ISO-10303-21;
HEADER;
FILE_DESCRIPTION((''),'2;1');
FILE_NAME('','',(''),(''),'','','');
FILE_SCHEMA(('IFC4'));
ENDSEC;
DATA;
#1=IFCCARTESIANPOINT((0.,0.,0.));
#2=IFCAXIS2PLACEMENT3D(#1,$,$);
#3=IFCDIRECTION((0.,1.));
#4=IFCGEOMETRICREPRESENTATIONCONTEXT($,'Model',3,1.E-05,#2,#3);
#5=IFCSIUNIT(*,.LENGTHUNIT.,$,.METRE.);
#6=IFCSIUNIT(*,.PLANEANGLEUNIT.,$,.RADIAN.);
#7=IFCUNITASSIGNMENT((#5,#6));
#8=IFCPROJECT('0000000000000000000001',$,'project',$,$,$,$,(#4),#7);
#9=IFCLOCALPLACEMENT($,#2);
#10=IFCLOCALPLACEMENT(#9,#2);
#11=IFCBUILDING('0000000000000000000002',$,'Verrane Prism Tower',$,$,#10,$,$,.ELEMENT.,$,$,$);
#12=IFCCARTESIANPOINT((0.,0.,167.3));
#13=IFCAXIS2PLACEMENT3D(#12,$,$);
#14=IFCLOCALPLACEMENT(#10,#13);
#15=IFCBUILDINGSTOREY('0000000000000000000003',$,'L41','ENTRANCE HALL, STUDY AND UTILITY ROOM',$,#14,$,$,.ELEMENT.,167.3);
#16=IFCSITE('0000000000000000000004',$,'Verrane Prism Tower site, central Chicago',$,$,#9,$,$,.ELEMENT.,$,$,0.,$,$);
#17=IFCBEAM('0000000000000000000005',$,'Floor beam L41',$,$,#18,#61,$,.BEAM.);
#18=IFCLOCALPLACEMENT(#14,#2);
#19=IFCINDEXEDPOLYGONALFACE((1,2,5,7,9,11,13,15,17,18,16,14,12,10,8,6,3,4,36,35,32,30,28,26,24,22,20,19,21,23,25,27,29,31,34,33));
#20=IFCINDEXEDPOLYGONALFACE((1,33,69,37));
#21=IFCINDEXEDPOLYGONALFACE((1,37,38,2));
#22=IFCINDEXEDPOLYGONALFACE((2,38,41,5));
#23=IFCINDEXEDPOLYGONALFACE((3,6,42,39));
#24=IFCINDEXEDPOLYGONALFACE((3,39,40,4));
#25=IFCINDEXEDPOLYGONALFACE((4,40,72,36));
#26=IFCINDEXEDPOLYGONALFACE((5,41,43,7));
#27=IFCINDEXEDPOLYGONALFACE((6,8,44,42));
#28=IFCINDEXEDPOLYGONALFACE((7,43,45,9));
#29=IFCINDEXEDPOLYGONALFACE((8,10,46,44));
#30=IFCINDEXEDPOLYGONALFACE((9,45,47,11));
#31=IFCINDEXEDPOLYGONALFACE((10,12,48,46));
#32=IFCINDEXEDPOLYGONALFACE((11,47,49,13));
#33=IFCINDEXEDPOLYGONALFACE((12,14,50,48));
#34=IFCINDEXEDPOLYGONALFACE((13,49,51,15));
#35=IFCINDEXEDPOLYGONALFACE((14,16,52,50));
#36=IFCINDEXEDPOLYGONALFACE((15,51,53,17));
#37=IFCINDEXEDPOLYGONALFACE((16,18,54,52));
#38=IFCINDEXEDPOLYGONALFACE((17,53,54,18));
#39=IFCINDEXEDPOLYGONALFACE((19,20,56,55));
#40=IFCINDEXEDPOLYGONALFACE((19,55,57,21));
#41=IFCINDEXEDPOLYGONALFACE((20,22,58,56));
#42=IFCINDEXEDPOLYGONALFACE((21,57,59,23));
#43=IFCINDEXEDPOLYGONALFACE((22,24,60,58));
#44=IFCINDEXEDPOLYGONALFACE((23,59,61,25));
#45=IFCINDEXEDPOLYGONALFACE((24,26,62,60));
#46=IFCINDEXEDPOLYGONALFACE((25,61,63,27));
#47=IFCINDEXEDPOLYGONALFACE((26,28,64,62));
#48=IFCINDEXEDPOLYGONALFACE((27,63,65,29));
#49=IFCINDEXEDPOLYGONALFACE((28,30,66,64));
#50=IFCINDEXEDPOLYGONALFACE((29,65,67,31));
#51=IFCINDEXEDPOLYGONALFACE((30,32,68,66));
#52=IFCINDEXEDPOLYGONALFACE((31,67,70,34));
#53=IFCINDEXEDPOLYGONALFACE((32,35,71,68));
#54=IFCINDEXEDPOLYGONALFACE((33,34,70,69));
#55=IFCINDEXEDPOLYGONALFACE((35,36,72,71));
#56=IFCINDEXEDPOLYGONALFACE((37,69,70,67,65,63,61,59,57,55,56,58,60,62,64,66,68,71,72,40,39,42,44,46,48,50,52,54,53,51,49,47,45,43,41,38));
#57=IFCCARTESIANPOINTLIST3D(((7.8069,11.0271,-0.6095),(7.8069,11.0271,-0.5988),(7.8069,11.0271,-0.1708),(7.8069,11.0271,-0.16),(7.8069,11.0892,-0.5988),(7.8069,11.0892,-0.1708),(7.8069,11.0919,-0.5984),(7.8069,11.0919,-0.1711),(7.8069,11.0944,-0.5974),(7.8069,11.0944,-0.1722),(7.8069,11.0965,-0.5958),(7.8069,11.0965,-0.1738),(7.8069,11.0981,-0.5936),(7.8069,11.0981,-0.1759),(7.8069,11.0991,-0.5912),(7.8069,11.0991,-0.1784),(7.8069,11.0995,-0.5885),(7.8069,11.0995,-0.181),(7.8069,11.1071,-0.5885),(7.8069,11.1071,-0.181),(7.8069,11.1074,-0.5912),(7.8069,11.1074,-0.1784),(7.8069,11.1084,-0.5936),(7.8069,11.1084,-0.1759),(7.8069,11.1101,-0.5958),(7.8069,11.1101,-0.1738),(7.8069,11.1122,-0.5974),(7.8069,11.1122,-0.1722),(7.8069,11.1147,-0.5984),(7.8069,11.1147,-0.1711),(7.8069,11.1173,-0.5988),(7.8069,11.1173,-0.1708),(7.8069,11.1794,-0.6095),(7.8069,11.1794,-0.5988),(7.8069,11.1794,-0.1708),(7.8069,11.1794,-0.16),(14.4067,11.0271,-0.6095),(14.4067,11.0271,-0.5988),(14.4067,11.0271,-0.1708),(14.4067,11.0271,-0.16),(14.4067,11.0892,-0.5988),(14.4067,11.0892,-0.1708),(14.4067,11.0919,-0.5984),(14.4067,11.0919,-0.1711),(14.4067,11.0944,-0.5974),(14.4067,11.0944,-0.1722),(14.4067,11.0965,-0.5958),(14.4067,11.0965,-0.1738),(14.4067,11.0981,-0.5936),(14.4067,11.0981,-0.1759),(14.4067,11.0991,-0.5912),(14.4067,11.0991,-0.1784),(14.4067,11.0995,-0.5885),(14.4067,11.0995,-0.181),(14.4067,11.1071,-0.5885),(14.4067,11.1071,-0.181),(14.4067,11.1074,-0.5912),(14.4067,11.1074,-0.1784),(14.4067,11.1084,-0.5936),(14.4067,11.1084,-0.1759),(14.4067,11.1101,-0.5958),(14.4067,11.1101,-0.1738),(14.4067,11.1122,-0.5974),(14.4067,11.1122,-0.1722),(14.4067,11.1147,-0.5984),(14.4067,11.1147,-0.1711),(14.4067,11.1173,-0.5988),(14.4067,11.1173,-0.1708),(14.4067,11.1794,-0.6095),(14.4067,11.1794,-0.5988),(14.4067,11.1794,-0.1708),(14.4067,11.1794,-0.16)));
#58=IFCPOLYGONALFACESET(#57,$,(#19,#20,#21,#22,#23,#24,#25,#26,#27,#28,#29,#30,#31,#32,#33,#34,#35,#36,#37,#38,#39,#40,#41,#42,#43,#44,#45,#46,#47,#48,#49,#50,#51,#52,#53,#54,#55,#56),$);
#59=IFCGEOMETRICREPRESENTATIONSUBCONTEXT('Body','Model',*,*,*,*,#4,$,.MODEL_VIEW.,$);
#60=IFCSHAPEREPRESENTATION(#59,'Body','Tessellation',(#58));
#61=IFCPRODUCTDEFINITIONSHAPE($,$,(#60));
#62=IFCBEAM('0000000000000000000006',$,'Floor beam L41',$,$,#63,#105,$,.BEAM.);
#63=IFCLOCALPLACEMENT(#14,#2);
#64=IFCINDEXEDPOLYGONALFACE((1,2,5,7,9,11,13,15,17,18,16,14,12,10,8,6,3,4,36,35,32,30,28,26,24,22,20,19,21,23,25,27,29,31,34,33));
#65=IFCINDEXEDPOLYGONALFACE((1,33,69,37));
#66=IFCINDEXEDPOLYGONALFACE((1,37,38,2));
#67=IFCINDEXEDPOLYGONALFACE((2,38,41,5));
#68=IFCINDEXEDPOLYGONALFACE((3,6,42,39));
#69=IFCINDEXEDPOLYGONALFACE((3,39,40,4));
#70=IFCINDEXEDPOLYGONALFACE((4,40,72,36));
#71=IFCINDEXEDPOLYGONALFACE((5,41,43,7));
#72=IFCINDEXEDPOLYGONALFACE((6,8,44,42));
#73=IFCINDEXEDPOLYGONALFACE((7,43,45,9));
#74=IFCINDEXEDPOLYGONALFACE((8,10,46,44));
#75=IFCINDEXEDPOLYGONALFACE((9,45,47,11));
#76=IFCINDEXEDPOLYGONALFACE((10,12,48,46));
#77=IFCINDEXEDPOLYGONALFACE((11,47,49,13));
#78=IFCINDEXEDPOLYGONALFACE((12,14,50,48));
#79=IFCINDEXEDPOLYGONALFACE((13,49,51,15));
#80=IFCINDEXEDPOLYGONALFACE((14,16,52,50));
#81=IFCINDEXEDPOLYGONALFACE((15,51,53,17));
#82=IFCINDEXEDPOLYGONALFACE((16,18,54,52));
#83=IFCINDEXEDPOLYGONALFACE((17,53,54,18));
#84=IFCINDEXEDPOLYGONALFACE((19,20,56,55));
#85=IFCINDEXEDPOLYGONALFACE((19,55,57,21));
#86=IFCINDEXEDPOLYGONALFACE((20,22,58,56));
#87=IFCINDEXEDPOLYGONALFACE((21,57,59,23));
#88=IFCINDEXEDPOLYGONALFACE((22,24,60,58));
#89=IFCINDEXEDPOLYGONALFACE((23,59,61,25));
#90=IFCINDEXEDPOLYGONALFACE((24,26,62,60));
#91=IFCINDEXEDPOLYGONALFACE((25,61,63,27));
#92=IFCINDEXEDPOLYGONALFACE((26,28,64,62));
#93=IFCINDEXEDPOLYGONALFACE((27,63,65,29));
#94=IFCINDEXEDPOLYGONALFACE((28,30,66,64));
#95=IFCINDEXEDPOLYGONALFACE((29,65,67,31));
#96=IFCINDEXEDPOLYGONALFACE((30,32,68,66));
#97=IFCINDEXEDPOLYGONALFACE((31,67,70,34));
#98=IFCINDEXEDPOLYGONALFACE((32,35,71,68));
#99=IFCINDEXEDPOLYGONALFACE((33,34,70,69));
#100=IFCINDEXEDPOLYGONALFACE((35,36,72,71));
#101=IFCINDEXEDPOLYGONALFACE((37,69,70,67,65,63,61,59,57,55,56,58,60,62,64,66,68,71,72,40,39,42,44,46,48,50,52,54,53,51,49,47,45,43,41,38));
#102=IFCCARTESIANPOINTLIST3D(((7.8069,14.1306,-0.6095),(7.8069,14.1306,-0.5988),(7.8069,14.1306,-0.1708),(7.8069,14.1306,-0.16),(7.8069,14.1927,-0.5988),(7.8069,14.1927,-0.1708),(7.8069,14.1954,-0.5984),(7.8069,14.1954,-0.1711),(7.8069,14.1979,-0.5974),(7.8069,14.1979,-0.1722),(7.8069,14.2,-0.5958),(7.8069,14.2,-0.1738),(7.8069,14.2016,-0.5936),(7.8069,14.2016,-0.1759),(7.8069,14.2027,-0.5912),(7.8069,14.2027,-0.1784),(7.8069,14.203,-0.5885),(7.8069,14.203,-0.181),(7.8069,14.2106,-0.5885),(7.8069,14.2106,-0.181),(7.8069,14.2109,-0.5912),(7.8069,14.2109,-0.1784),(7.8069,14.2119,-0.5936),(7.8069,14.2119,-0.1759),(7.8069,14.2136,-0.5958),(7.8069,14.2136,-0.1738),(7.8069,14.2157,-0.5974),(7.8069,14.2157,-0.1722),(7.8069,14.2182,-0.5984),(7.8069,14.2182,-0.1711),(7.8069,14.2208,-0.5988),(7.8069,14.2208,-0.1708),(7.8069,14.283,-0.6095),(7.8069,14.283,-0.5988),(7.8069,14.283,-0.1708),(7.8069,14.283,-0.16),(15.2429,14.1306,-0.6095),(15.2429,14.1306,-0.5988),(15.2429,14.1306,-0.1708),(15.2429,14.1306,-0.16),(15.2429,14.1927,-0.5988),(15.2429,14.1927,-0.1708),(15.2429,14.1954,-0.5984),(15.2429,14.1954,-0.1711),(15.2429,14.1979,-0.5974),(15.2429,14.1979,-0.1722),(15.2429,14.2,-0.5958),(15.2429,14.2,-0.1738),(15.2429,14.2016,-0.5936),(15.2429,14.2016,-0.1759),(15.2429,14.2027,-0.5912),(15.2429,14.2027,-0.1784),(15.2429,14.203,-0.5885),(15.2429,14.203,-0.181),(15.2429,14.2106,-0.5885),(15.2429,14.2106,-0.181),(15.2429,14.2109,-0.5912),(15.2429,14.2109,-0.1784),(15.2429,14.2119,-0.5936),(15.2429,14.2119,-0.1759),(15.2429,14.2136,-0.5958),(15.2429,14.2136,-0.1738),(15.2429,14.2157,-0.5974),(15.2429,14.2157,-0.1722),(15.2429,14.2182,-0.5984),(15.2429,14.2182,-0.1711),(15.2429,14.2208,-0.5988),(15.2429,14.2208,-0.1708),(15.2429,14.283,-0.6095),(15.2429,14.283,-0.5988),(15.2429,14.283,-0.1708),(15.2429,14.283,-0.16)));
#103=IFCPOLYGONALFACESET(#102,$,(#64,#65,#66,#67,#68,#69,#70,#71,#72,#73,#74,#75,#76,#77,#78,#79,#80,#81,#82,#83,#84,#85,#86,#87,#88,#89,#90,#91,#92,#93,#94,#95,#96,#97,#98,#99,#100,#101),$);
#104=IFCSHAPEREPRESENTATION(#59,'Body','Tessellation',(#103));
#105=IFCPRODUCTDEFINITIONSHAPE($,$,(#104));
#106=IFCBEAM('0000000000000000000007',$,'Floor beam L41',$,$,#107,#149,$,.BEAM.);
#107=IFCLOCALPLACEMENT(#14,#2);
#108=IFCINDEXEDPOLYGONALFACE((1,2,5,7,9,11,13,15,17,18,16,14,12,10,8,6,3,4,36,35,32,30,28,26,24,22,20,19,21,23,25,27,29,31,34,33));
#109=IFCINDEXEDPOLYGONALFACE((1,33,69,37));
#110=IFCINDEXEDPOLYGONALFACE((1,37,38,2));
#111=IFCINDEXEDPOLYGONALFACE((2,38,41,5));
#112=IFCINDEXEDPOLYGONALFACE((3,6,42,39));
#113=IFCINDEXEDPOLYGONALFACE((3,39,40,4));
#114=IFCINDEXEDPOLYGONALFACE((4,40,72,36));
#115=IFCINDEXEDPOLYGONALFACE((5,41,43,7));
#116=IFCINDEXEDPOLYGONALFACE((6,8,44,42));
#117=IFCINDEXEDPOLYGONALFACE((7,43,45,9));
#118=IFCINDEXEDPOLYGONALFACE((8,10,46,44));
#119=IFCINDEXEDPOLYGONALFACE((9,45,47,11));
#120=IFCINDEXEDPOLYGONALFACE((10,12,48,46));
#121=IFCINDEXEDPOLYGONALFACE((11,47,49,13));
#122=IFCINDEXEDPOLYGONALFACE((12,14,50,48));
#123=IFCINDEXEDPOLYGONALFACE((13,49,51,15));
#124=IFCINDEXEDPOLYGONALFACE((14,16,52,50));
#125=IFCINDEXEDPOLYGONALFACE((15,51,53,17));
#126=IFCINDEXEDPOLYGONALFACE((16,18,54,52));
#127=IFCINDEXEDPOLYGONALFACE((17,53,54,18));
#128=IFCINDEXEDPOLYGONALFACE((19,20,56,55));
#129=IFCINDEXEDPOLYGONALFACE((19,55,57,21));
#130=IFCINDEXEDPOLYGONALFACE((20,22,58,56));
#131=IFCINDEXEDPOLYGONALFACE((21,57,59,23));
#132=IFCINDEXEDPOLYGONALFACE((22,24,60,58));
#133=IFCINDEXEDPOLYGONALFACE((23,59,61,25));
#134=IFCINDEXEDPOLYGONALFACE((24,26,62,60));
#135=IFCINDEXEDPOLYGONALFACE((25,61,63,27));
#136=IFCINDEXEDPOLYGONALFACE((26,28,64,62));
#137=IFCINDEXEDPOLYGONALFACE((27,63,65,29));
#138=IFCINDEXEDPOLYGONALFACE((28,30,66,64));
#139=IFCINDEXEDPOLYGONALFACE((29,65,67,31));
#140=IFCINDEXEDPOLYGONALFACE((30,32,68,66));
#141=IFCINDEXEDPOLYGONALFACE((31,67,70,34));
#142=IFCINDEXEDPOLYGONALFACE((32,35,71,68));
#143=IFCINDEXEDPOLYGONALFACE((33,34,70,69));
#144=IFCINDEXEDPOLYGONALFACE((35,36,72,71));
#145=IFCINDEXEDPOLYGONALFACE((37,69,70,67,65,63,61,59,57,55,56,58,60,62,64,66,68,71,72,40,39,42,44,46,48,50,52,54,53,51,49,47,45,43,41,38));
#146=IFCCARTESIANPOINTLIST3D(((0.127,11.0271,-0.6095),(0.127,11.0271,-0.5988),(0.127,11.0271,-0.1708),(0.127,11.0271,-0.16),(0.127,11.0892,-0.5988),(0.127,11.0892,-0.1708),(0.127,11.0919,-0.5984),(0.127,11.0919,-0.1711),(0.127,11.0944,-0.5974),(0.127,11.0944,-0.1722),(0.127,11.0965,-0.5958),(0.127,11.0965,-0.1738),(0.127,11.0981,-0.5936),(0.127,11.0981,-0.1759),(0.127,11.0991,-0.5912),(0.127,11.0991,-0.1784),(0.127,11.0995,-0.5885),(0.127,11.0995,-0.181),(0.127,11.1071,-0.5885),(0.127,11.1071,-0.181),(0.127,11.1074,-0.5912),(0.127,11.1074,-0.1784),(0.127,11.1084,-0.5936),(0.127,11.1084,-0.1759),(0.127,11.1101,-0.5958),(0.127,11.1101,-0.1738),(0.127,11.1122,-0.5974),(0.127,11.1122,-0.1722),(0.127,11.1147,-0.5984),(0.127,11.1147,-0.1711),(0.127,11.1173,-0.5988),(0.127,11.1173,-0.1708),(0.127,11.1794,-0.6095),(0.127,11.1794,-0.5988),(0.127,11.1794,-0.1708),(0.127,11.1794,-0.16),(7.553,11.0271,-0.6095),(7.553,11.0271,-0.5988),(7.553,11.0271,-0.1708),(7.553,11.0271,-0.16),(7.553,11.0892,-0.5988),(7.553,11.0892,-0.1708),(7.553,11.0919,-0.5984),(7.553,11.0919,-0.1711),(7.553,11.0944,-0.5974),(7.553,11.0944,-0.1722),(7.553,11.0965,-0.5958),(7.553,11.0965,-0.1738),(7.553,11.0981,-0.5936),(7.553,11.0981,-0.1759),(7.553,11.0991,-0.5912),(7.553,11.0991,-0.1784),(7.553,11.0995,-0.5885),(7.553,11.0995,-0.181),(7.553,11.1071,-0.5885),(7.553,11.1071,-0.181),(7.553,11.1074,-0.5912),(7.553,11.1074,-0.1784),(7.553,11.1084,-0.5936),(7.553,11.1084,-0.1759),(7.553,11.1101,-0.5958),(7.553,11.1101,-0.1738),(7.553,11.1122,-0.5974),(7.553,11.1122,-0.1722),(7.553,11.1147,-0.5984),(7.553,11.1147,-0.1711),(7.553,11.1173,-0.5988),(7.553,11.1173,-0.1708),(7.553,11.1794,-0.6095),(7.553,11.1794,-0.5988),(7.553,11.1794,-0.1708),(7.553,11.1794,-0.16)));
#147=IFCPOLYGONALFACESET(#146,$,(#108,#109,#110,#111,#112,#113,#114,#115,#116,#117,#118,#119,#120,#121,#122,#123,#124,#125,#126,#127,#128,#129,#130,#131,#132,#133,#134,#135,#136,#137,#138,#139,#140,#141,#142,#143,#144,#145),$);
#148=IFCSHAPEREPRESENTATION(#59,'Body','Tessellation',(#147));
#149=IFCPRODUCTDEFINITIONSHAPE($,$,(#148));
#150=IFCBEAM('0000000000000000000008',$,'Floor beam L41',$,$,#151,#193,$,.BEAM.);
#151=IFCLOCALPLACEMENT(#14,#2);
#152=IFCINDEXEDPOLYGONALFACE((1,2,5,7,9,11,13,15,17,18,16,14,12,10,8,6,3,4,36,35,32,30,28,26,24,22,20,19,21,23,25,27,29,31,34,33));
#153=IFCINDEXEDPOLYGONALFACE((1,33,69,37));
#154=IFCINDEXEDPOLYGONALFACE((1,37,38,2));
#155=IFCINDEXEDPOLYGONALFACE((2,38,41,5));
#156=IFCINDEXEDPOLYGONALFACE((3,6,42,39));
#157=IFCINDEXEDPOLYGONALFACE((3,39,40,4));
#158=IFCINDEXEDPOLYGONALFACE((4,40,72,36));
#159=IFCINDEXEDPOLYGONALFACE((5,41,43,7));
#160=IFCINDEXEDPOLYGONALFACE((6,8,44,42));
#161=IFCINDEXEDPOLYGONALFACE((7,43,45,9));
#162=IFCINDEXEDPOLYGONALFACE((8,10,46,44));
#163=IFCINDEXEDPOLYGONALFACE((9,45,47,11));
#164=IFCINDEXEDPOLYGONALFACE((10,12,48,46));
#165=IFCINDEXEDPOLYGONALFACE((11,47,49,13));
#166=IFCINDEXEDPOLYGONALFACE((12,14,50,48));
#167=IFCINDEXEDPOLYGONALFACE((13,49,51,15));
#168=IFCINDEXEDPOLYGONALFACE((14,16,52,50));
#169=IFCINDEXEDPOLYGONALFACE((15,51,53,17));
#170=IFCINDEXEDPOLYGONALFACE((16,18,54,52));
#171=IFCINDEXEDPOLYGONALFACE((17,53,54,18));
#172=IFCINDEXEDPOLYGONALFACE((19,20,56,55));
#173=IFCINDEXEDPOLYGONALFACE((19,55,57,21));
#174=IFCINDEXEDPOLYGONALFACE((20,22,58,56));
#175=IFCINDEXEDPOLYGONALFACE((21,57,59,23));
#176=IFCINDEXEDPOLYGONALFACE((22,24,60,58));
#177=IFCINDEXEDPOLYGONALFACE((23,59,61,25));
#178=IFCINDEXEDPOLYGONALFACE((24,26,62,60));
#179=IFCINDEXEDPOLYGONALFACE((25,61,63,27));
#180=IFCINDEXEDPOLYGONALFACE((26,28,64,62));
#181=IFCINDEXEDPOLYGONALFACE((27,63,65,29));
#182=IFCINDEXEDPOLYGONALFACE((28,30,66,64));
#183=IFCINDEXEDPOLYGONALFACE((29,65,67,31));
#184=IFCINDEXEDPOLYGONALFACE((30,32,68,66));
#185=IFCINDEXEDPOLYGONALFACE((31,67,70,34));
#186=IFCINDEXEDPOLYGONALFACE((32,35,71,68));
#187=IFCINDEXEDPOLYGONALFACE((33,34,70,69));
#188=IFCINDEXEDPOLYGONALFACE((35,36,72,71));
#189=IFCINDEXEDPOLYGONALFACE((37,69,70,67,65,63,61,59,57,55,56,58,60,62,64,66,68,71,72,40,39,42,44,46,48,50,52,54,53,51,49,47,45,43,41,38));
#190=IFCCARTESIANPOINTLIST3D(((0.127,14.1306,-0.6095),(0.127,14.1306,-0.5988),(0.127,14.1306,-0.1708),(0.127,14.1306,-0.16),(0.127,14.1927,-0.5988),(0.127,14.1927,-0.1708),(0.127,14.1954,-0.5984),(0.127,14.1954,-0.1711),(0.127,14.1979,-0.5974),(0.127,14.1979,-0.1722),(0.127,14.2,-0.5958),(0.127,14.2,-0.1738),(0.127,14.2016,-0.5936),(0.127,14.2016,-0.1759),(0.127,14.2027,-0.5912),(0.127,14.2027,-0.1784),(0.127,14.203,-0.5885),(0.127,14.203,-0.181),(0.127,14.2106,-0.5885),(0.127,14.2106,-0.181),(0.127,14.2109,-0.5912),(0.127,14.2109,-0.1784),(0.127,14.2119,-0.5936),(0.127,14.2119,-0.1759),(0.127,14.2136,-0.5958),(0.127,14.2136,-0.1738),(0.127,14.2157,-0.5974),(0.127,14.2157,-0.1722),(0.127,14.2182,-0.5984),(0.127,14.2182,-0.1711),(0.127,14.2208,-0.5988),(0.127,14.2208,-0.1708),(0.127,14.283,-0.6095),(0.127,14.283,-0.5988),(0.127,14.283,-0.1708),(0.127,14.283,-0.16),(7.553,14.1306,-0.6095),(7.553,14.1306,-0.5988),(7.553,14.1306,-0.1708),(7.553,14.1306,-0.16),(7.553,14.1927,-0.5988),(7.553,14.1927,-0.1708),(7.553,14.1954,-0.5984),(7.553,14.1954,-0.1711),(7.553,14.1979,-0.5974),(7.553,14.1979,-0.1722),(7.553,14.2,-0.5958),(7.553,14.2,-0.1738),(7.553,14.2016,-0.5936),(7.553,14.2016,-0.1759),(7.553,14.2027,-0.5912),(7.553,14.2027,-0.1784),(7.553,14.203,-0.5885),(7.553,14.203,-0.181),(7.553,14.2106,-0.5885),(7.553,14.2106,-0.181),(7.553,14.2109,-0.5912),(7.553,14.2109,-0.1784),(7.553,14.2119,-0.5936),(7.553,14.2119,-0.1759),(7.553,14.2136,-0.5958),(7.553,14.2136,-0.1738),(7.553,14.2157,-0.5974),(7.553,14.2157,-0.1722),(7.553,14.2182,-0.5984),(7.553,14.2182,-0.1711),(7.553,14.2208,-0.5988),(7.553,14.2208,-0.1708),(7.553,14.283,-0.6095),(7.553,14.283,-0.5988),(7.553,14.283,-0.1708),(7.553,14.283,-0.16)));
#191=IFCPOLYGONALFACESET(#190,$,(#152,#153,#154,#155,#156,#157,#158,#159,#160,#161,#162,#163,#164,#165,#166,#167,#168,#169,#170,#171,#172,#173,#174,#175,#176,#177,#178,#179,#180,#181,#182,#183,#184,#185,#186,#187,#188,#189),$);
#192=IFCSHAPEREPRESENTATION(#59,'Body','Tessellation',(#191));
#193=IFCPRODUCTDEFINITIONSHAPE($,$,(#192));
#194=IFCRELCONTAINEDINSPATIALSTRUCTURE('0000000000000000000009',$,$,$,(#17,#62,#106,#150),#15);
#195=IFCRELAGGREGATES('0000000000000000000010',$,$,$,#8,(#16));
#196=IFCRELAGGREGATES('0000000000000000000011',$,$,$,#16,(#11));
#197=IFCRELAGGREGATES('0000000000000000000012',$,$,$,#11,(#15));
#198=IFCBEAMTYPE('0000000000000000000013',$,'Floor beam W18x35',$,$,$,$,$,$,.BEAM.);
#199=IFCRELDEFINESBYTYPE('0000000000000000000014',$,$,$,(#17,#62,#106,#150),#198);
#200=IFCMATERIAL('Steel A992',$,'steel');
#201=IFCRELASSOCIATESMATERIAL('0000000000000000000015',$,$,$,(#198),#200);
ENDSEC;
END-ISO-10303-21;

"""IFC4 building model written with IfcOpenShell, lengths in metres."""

from ifc_helpers import new_model, si_unit, direction, frame, origin, origin_2d, place, context, subcontext, project, spatial, i_section, extrude, material, material_profile, profile_set, type_object, element, save


model = new_model("IFC4")

# Units and contexts
model_context = context("Model", 3, precision=1e-05, world=origin(), true_north=direction((0.0, 1.0)))
body_context = subcontext(model_context, "Body", "Model", "MODEL_VIEW")
ifc_project = project(units=[si_unit("LENGTHUNIT", "METRE"), si_unit("PLANEANGLEUNIT", "RADIAN")], contexts=[model_context])

# Site, building, storey
site_placement = place(None, origin())
site = spatial("IfcSite", under=ifc_project, at=site_placement, Name="Verrane Prism Tower site, central Chicago", CompositionType="ELEMENT", RefElevation=0.0)
building_placement = place(site_placement, origin())
building = spatial("IfcBuilding", under=site, at=building_placement, Name="Verrane Prism Tower", CompositionType="ELEMENT")
storey_placement = place(building_placement, frame((0.0, 0.0, 167.3)))
storey = spatial("IfcBuildingStorey", under=building, at=storey_placement, Name="L41", Description="ENTRANCE HALL, STUDY AND UTILITY ROOM", CompositionType="ELEMENT", Elevation=167.3)

# Beams
ifc_material_1 = material(Name="Steel A992", Category="steel")
ifc_material_profile_1 = material_profile(ifc_material_1, i_section(OverallWidth=0.1523, OverallDepth=0.4495, WebThickness=0.0076, FlangeThickness=0.0107, FilletRadius=0.0103, at=origin_2d()), Name="W18x35")
ifc_profile_set_1 = profile_set([ifc_material_profile_1], Name="Steel A992")
beam_type_1 = type_object("IfcBeamType", Name="Floor beam W18x35", PredefinedType="BEAM", material=ifc_profile_set_1)
beam_1_placement = place(storey_placement, frame((7.8069, 11.1033, -0.3848), z_axis=(1.0, 0.0, 0.0), x_axis=(0.0, 1.0, 0.0)))
element("IfcBeam", 1, at=beam_1_placement, inside=storey, type_object=beam_type_1, Name="Floor beam L41", PredefinedType="BEAM", context=body_context, shape_type="SweptSolid", body=[
    extrude(i_section(OverallWidth=0.1523, OverallDepth=0.4495, WebThickness=0.0076, FlangeThickness=0.0107, FilletRadius=0.0103, at=origin_2d()), origin(), (0.0, 0.0, 1.0), 6.5999),
])
beam_2_placement = place(storey_placement, frame((7.8069, 14.2068, -0.3848), z_axis=(1.0, 0.0, 0.0), x_axis=(0.0, 1.0, 0.0)))
element("IfcBeam", 2, at=beam_2_placement, inside=storey, type_object=beam_type_1, Name="Floor beam L41", PredefinedType="BEAM", context=body_context, shape_type="SweptSolid", body=[
    extrude(i_section(OverallWidth=0.1523, OverallDepth=0.4495, WebThickness=0.0076, FlangeThickness=0.0107, FilletRadius=0.0103, at=origin_2d()), origin(), (0.0, 0.0, 1.0), 7.436),
])
for number, where, z_axis, x_axis, name in (
    (3, (0.127, 11.1033, -0.3848), (1.0, 0.0, 0.0), (0.0, 1.0, 0.0), "Floor beam L41"),
    (4, (0.127, 14.2068, -0.3848), (1.0, 0.0, 0.0), (0.0, 1.0, 0.0), "Floor beam L41"),
):
    element("IfcBeam", number, at=place(storey_placement, frame(where, z_axis=z_axis, x_axis=x_axis)), inside=storey, type_object=beam_type_1, Name=name, PredefinedType="BEAM", context=body_context, shape_type="SweptSolid", body=[
        extrude(i_section(OverallWidth=0.1523, OverallDepth=0.4495, WebThickness=0.0076, FlangeThickness=0.0107, FilletRadius=0.0103, at=origin_2d()), origin(), (0.0, 0.0, 1.0), 7.426),
    ])

save(model, "model.ifc")
